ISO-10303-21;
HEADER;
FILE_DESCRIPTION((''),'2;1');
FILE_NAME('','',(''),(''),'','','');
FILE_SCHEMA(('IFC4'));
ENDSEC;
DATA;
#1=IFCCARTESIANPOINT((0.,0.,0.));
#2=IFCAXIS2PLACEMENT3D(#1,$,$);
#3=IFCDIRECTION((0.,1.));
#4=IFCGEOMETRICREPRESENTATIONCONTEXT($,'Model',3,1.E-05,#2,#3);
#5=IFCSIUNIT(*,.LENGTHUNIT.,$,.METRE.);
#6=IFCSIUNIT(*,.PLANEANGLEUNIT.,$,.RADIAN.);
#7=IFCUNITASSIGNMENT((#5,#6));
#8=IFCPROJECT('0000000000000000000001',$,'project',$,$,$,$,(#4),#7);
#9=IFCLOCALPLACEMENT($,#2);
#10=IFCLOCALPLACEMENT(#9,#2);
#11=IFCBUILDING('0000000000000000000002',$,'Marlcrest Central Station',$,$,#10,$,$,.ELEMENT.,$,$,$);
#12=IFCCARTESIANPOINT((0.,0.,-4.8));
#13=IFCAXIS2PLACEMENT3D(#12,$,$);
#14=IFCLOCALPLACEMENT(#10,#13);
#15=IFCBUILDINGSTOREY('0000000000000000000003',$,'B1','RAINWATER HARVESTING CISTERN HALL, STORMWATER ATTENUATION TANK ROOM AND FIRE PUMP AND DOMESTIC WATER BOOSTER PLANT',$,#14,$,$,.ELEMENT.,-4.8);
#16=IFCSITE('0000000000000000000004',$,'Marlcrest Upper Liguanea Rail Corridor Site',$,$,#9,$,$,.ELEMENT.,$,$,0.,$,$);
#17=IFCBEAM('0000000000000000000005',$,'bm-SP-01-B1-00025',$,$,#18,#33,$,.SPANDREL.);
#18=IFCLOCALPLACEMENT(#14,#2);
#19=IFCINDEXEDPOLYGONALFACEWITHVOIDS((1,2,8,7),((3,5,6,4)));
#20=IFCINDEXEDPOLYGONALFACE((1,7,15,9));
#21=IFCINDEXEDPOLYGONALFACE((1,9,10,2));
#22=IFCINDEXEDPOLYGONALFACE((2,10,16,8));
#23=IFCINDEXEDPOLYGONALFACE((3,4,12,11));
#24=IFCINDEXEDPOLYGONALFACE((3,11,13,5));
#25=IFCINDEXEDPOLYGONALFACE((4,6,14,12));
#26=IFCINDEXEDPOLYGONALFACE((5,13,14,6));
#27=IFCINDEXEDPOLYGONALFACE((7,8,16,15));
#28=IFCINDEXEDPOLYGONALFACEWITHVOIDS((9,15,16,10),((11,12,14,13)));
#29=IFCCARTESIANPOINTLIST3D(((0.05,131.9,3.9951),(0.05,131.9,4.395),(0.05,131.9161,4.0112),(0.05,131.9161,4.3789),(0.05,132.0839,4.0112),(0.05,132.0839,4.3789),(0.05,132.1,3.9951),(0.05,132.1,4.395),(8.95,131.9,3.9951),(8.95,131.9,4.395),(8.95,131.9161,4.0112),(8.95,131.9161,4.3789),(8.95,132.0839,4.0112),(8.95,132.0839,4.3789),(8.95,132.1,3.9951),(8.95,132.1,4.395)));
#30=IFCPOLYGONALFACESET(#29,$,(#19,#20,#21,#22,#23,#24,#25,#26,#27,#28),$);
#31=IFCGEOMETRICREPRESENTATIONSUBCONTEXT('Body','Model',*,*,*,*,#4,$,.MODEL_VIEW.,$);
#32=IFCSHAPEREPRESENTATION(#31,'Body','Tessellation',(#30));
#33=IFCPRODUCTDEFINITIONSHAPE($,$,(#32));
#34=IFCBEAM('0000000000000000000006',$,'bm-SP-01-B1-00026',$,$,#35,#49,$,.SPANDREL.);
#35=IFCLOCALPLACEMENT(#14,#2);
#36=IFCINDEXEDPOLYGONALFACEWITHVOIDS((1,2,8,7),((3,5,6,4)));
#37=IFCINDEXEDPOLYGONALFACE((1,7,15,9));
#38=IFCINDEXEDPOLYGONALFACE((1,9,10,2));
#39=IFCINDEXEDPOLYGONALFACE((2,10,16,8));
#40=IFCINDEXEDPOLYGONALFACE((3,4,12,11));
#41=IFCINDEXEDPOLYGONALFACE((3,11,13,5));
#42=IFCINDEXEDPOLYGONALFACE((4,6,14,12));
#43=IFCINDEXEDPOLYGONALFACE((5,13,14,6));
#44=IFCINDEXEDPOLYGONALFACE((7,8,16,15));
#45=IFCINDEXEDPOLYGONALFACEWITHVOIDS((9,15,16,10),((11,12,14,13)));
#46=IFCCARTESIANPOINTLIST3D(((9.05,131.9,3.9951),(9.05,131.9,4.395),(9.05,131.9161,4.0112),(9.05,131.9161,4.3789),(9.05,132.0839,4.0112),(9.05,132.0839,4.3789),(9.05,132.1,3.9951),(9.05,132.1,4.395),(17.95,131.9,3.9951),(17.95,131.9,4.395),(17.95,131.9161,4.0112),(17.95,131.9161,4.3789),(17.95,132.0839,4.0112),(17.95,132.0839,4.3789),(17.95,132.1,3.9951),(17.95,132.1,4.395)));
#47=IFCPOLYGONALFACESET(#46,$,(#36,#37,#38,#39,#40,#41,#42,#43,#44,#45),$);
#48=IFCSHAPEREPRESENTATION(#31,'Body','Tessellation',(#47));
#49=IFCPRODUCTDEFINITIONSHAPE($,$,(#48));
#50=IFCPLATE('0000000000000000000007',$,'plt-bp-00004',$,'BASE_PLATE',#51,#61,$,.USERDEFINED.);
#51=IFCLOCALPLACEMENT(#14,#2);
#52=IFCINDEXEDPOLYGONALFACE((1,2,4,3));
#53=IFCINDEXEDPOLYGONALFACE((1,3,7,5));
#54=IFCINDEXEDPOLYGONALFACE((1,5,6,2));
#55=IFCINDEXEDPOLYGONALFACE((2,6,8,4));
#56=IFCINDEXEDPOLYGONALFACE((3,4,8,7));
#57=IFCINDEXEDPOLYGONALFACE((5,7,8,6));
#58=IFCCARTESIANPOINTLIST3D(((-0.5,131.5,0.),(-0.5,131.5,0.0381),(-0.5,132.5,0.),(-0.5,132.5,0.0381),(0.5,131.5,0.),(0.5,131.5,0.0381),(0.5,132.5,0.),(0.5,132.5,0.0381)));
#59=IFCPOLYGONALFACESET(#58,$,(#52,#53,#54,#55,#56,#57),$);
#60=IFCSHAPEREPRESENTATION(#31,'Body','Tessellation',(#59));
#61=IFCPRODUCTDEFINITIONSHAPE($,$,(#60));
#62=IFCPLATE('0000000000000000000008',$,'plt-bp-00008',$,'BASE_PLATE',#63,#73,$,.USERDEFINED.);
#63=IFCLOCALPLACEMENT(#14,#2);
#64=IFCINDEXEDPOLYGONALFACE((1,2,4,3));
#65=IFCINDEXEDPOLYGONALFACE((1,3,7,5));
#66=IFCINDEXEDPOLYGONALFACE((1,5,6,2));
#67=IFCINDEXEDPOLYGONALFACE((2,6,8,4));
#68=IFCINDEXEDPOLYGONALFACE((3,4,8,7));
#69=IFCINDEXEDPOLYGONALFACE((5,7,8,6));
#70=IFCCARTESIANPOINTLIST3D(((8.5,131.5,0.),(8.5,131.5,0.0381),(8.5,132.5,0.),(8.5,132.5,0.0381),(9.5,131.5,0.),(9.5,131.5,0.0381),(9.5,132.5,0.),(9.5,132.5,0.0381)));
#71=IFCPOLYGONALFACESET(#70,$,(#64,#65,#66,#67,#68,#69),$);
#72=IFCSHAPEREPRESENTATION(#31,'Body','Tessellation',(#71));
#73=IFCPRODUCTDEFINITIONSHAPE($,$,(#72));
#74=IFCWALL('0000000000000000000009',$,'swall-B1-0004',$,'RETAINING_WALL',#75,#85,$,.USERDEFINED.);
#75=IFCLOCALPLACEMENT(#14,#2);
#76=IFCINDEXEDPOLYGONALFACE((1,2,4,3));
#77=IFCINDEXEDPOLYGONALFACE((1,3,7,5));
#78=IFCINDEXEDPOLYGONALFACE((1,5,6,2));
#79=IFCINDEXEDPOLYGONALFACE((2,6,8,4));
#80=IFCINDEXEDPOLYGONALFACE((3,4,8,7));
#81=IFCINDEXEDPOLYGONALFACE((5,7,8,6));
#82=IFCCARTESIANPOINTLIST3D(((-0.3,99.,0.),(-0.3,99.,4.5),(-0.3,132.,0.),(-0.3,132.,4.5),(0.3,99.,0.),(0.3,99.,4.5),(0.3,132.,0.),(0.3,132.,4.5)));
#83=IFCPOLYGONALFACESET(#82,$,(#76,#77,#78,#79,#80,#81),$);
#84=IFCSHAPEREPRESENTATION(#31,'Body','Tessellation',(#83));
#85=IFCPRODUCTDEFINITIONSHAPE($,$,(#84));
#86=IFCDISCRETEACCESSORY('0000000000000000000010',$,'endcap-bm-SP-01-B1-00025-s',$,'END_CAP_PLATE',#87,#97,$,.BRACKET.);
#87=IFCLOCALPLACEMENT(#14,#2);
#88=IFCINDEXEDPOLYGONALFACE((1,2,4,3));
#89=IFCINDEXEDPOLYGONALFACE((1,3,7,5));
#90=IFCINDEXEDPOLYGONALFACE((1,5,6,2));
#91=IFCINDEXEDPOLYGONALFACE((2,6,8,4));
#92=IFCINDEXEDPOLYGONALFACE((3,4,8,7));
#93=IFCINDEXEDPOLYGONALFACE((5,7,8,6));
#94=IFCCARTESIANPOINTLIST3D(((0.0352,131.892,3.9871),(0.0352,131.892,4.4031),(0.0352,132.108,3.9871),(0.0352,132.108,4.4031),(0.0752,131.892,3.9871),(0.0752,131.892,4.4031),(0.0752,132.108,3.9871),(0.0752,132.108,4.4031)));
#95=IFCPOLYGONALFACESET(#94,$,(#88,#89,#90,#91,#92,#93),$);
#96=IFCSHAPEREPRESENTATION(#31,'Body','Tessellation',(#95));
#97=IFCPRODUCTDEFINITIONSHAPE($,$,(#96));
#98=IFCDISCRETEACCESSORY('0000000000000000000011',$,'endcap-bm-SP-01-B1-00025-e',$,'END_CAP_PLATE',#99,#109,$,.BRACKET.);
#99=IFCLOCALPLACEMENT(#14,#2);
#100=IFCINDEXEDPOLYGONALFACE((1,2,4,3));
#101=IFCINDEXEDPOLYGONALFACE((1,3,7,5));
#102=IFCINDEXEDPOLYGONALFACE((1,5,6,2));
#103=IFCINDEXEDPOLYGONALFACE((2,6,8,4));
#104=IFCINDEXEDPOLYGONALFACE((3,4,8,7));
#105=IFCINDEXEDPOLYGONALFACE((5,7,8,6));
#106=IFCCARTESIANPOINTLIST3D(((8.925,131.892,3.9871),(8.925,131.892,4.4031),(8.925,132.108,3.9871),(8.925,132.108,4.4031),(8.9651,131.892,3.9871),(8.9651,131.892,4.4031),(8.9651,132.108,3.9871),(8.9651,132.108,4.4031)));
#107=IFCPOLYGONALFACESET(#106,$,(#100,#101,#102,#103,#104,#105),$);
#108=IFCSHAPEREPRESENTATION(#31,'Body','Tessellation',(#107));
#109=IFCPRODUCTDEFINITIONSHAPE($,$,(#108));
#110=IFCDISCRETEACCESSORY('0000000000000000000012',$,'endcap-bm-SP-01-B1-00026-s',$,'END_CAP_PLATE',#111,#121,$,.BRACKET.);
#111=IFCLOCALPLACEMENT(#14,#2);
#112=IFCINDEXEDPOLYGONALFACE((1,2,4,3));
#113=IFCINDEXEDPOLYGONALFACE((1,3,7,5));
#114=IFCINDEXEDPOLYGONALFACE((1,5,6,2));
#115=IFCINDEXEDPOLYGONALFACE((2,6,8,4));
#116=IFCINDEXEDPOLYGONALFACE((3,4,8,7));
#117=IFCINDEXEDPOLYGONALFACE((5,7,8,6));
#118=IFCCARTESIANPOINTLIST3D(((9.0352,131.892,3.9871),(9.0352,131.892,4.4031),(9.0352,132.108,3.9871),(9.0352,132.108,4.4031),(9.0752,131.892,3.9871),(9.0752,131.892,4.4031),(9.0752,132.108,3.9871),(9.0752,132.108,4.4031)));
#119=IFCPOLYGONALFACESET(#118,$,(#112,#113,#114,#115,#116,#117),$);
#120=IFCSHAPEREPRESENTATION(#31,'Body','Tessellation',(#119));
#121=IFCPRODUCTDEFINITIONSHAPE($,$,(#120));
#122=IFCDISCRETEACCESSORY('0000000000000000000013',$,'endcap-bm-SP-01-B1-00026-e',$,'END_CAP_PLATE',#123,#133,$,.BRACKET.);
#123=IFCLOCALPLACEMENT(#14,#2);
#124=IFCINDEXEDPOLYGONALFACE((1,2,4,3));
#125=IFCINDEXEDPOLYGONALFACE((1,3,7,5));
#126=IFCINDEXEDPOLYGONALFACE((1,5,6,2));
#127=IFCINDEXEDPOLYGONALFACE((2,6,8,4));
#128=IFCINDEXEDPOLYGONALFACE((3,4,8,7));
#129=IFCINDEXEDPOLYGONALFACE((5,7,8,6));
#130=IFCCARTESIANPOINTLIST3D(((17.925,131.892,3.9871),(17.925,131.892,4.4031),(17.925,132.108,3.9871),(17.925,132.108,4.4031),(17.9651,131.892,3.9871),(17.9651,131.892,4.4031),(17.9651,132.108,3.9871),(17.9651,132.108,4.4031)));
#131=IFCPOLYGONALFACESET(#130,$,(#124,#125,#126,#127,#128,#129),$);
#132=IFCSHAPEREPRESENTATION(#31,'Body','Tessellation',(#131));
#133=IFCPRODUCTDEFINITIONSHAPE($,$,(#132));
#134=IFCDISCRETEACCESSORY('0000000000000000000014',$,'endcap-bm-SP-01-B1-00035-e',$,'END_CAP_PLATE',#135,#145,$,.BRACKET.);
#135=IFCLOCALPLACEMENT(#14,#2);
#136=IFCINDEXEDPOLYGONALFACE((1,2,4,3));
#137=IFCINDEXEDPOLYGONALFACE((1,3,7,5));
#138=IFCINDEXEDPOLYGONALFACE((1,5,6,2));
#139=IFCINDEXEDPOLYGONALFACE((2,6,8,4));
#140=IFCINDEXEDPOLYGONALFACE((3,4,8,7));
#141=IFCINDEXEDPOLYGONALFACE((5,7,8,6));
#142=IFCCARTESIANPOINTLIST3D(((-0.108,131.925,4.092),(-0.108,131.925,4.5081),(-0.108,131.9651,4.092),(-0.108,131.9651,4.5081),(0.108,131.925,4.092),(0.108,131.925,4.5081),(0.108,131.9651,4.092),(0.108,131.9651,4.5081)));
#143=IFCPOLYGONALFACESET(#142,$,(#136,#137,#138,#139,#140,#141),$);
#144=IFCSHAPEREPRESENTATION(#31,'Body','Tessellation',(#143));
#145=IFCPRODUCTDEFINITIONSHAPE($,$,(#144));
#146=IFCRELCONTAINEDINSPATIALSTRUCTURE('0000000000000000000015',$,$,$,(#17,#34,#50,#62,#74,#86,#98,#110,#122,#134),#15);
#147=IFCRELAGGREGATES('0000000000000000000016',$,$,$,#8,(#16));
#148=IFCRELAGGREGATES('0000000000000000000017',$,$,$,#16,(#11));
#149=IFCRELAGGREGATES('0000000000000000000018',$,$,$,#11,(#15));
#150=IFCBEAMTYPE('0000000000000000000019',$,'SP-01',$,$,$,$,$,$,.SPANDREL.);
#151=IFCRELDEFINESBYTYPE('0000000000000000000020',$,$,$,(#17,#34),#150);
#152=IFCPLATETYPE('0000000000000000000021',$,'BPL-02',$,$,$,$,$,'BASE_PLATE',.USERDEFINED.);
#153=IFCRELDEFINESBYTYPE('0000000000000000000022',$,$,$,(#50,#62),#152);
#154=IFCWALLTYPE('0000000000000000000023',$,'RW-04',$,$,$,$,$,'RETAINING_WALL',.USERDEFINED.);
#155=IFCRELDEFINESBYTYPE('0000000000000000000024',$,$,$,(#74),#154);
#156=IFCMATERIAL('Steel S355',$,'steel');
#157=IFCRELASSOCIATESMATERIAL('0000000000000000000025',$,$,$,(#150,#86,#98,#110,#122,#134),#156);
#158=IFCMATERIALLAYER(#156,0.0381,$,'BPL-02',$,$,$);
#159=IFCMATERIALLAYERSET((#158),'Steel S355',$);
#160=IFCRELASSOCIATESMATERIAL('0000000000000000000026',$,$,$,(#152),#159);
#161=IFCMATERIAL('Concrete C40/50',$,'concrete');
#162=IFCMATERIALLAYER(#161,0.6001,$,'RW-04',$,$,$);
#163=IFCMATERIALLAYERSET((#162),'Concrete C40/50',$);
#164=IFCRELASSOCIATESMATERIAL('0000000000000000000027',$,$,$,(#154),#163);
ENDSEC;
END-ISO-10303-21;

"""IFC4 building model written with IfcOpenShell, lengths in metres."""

from ifc_helpers import new_model, si_unit, direction, frame, frame_2d, origin, origin_2d, place, context, subcontext, project, spatial, rectangle, hollow_rectangle, extrude, material, layer, layer_set, material_profile, profile_set, type_object, element, save


model = new_model("IFC4")

# Units and contexts
model_context = context("Model", 3, precision=1e-05, world=origin(), true_north=direction((0.0, 1.0)))
body_context = subcontext(model_context, "Body", "Model", "MODEL_VIEW")
ifc_project = project(units=[si_unit("LENGTHUNIT", "METRE"), si_unit("PLANEANGLEUNIT", "RADIAN")], contexts=[model_context])

# Site, building, storey
site_placement = place(None, origin())
site = spatial("IfcSite", under=ifc_project, at=site_placement, Name="Marlcrest Upper Liguanea Rail Corridor Site", CompositionType="ELEMENT", RefElevation=0.0)
building_placement = place(site_placement, origin())
building = spatial("IfcBuilding", under=site, at=building_placement, Name="Marlcrest Central Station", CompositionType="ELEMENT")
storey_placement = place(building_placement, frame((0.0, 0.0, -4.8)))
storey = spatial("IfcBuildingStorey", under=building, at=storey_placement, Name="B1", Description="RAINWATER HARVESTING CISTERN HALL, STORMWATER ATTENUATION TANK ROOM AND FIRE PUMP AND DOMESTIC WATER BOOSTER PLANT", CompositionType="ELEMENT", Elevation=-4.8)

# Shared definitions
ifc_material_1 = material(Name="Concrete C40/50", Category="concrete")

# Shared definitions
ifc_material_2 = material(Name="Steel S355", Category="steel")

# Beams
ifc_material_profile_1 = material_profile(ifc_material_2, hollow_rectangle(XDim=0.2, YDim=0.3999, WallThickness=0.0161, at=origin_2d()), Name="RHS 400x200x16")
ifc_profile_set_1 = profile_set([ifc_material_profile_1], Name="Steel S355")
beam_type = type_object("IfcBeamType", Name="SP-01", PredefinedType="SPANDREL", material=ifc_profile_set_1)
for number, where, z_axis, x_axis, name in (
    (1, (0.05, 132.0, 4.1951), (1.0, 0.0, 0.0), (0.0, 1.0, 0.0), "bm-SP-01-B1-00025"),
    (2, (9.05, 132.0, 4.1951), (1.0, 0.0, 0.0), (0.0, 1.0, 0.0), "bm-SP-01-B1-00026"),
):
    element("IfcBeam", number, at=place(storey_placement, frame(where, z_axis=z_axis, x_axis=x_axis)), inside=storey, type_object=beam_type, Name=name, PredefinedType="SPANDREL", context=body_context, shape_type="SweptSolid", body=[
        extrude(hollow_rectangle(XDim=0.2, YDim=0.3999, WallThickness=0.0161, at=origin_2d()), origin(), (0.0, 0.0, 1.0), 8.8999),
    ])

# Plates
ifc_layer_1 = layer(ifc_material_2, 0.0381, Name="BPL-02")
ifc_layer_set_1 = layer_set([ifc_layer_1], Name="Steel S355")
plate_type = type_object("IfcPlateType", Name="BPL-02", ElementType="BASE_PLATE", PredefinedType="USERDEFINED", material=ifc_layer_set_1)
for number, where, z_axis, x_axis, name in (
    (3, (0.0, 132.0, 0.0), (0.0, 0.0, 1.0), (1.0, 0.0, 0.0), "plt-bp-00004"),
    (4, (9.0, 132.0, 0.0), (0.0, 0.0, 1.0), (1.0, 0.0, 0.0), "plt-bp-00008"),
):
    element("IfcPlate", number, at=place(storey_placement, frame(where, z_axis=z_axis, x_axis=x_axis)), inside=storey, type_object=plate_type, Name=name, ObjectType="BASE_PLATE", PredefinedType="USERDEFINED", context=body_context, shape_type="SweptSolid", body=[
        extrude(rectangle(XDim=1.0, YDim=1.0, at=origin_2d()), origin(), (0.0, 0.0, 1.0), 0.0381),
    ])

# Wall
ifc_layer_2 = layer(ifc_material_1, 0.6001, Name="RW-04")
ifc_layer_set_2 = layer_set([ifc_layer_2], Name="Concrete C40/50")
wall_type = type_object("IfcWallType", Name="RW-04", ElementType="RETAINING_WALL", PredefinedType="USERDEFINED", material=ifc_layer_set_2)
wall_placement = place(storey_placement, frame((0.0, 132.0, 0.0), z_axis=(0.0, 0.0, 1.0), x_axis=(0.0, -1.0, 0.0)))
element("IfcWall", 5, at=wall_placement, inside=storey, type_object=wall_type, Name="swall-B1-0004", ObjectType="RETAINING_WALL", PredefinedType="USERDEFINED", context=body_context, shape_type="SweptSolid", body=[
    extrude(rectangle(XDim=33.0, YDim=0.6001, at=frame_2d((16.5, 0.0))), origin(), (0.0, 0.0, 1.0), 4.5),
])

# Discrete accessories
for number, where, z_axis, x_axis, name in (
    (6, (0.0352, 132.0, 4.1951), (1.0, 0.0, 0.0), (0.0, 1.0, 0.0), "endcap-bm-SP-01-B1-00025-s"),
    (7, (8.925, 132.0, 4.1951), (1.0, 0.0, 0.0), (0.0, 1.0, 0.0), "endcap-bm-SP-01-B1-00025-e"),
    (8, (9.0352, 132.0, 4.1951), (1.0, 0.0, 0.0), (0.0, 1.0, 0.0), "endcap-bm-SP-01-B1-00026-s"),
    (9, (17.925, 132.0, 4.1951), (1.0, 0.0, 0.0), (0.0, 1.0, 0.0), "endcap-bm-SP-01-B1-00026-e"),
    (10, (0.0, 131.925, 4.3), (0.0, 1.0, 0.0), (-1.0, 0.0, 0.0), "endcap-bm-SP-01-B1-00035-e"),
):
    element("IfcDiscreteAccessory", number, at=place(storey_placement, frame(where, z_axis=z_axis, x_axis=x_axis)), inside=storey, material=ifc_material_2, Name=name, ObjectType="END_CAP_PLATE", PredefinedType="BRACKET", context=body_context, shape_type="SweptSolid", body=[
        extrude(rectangle(XDim=0.2161, YDim=0.416, at=origin_2d()), origin(), (0.0, 0.0, 1.0), 0.04),
    ])

save(model, "model.ifc")
